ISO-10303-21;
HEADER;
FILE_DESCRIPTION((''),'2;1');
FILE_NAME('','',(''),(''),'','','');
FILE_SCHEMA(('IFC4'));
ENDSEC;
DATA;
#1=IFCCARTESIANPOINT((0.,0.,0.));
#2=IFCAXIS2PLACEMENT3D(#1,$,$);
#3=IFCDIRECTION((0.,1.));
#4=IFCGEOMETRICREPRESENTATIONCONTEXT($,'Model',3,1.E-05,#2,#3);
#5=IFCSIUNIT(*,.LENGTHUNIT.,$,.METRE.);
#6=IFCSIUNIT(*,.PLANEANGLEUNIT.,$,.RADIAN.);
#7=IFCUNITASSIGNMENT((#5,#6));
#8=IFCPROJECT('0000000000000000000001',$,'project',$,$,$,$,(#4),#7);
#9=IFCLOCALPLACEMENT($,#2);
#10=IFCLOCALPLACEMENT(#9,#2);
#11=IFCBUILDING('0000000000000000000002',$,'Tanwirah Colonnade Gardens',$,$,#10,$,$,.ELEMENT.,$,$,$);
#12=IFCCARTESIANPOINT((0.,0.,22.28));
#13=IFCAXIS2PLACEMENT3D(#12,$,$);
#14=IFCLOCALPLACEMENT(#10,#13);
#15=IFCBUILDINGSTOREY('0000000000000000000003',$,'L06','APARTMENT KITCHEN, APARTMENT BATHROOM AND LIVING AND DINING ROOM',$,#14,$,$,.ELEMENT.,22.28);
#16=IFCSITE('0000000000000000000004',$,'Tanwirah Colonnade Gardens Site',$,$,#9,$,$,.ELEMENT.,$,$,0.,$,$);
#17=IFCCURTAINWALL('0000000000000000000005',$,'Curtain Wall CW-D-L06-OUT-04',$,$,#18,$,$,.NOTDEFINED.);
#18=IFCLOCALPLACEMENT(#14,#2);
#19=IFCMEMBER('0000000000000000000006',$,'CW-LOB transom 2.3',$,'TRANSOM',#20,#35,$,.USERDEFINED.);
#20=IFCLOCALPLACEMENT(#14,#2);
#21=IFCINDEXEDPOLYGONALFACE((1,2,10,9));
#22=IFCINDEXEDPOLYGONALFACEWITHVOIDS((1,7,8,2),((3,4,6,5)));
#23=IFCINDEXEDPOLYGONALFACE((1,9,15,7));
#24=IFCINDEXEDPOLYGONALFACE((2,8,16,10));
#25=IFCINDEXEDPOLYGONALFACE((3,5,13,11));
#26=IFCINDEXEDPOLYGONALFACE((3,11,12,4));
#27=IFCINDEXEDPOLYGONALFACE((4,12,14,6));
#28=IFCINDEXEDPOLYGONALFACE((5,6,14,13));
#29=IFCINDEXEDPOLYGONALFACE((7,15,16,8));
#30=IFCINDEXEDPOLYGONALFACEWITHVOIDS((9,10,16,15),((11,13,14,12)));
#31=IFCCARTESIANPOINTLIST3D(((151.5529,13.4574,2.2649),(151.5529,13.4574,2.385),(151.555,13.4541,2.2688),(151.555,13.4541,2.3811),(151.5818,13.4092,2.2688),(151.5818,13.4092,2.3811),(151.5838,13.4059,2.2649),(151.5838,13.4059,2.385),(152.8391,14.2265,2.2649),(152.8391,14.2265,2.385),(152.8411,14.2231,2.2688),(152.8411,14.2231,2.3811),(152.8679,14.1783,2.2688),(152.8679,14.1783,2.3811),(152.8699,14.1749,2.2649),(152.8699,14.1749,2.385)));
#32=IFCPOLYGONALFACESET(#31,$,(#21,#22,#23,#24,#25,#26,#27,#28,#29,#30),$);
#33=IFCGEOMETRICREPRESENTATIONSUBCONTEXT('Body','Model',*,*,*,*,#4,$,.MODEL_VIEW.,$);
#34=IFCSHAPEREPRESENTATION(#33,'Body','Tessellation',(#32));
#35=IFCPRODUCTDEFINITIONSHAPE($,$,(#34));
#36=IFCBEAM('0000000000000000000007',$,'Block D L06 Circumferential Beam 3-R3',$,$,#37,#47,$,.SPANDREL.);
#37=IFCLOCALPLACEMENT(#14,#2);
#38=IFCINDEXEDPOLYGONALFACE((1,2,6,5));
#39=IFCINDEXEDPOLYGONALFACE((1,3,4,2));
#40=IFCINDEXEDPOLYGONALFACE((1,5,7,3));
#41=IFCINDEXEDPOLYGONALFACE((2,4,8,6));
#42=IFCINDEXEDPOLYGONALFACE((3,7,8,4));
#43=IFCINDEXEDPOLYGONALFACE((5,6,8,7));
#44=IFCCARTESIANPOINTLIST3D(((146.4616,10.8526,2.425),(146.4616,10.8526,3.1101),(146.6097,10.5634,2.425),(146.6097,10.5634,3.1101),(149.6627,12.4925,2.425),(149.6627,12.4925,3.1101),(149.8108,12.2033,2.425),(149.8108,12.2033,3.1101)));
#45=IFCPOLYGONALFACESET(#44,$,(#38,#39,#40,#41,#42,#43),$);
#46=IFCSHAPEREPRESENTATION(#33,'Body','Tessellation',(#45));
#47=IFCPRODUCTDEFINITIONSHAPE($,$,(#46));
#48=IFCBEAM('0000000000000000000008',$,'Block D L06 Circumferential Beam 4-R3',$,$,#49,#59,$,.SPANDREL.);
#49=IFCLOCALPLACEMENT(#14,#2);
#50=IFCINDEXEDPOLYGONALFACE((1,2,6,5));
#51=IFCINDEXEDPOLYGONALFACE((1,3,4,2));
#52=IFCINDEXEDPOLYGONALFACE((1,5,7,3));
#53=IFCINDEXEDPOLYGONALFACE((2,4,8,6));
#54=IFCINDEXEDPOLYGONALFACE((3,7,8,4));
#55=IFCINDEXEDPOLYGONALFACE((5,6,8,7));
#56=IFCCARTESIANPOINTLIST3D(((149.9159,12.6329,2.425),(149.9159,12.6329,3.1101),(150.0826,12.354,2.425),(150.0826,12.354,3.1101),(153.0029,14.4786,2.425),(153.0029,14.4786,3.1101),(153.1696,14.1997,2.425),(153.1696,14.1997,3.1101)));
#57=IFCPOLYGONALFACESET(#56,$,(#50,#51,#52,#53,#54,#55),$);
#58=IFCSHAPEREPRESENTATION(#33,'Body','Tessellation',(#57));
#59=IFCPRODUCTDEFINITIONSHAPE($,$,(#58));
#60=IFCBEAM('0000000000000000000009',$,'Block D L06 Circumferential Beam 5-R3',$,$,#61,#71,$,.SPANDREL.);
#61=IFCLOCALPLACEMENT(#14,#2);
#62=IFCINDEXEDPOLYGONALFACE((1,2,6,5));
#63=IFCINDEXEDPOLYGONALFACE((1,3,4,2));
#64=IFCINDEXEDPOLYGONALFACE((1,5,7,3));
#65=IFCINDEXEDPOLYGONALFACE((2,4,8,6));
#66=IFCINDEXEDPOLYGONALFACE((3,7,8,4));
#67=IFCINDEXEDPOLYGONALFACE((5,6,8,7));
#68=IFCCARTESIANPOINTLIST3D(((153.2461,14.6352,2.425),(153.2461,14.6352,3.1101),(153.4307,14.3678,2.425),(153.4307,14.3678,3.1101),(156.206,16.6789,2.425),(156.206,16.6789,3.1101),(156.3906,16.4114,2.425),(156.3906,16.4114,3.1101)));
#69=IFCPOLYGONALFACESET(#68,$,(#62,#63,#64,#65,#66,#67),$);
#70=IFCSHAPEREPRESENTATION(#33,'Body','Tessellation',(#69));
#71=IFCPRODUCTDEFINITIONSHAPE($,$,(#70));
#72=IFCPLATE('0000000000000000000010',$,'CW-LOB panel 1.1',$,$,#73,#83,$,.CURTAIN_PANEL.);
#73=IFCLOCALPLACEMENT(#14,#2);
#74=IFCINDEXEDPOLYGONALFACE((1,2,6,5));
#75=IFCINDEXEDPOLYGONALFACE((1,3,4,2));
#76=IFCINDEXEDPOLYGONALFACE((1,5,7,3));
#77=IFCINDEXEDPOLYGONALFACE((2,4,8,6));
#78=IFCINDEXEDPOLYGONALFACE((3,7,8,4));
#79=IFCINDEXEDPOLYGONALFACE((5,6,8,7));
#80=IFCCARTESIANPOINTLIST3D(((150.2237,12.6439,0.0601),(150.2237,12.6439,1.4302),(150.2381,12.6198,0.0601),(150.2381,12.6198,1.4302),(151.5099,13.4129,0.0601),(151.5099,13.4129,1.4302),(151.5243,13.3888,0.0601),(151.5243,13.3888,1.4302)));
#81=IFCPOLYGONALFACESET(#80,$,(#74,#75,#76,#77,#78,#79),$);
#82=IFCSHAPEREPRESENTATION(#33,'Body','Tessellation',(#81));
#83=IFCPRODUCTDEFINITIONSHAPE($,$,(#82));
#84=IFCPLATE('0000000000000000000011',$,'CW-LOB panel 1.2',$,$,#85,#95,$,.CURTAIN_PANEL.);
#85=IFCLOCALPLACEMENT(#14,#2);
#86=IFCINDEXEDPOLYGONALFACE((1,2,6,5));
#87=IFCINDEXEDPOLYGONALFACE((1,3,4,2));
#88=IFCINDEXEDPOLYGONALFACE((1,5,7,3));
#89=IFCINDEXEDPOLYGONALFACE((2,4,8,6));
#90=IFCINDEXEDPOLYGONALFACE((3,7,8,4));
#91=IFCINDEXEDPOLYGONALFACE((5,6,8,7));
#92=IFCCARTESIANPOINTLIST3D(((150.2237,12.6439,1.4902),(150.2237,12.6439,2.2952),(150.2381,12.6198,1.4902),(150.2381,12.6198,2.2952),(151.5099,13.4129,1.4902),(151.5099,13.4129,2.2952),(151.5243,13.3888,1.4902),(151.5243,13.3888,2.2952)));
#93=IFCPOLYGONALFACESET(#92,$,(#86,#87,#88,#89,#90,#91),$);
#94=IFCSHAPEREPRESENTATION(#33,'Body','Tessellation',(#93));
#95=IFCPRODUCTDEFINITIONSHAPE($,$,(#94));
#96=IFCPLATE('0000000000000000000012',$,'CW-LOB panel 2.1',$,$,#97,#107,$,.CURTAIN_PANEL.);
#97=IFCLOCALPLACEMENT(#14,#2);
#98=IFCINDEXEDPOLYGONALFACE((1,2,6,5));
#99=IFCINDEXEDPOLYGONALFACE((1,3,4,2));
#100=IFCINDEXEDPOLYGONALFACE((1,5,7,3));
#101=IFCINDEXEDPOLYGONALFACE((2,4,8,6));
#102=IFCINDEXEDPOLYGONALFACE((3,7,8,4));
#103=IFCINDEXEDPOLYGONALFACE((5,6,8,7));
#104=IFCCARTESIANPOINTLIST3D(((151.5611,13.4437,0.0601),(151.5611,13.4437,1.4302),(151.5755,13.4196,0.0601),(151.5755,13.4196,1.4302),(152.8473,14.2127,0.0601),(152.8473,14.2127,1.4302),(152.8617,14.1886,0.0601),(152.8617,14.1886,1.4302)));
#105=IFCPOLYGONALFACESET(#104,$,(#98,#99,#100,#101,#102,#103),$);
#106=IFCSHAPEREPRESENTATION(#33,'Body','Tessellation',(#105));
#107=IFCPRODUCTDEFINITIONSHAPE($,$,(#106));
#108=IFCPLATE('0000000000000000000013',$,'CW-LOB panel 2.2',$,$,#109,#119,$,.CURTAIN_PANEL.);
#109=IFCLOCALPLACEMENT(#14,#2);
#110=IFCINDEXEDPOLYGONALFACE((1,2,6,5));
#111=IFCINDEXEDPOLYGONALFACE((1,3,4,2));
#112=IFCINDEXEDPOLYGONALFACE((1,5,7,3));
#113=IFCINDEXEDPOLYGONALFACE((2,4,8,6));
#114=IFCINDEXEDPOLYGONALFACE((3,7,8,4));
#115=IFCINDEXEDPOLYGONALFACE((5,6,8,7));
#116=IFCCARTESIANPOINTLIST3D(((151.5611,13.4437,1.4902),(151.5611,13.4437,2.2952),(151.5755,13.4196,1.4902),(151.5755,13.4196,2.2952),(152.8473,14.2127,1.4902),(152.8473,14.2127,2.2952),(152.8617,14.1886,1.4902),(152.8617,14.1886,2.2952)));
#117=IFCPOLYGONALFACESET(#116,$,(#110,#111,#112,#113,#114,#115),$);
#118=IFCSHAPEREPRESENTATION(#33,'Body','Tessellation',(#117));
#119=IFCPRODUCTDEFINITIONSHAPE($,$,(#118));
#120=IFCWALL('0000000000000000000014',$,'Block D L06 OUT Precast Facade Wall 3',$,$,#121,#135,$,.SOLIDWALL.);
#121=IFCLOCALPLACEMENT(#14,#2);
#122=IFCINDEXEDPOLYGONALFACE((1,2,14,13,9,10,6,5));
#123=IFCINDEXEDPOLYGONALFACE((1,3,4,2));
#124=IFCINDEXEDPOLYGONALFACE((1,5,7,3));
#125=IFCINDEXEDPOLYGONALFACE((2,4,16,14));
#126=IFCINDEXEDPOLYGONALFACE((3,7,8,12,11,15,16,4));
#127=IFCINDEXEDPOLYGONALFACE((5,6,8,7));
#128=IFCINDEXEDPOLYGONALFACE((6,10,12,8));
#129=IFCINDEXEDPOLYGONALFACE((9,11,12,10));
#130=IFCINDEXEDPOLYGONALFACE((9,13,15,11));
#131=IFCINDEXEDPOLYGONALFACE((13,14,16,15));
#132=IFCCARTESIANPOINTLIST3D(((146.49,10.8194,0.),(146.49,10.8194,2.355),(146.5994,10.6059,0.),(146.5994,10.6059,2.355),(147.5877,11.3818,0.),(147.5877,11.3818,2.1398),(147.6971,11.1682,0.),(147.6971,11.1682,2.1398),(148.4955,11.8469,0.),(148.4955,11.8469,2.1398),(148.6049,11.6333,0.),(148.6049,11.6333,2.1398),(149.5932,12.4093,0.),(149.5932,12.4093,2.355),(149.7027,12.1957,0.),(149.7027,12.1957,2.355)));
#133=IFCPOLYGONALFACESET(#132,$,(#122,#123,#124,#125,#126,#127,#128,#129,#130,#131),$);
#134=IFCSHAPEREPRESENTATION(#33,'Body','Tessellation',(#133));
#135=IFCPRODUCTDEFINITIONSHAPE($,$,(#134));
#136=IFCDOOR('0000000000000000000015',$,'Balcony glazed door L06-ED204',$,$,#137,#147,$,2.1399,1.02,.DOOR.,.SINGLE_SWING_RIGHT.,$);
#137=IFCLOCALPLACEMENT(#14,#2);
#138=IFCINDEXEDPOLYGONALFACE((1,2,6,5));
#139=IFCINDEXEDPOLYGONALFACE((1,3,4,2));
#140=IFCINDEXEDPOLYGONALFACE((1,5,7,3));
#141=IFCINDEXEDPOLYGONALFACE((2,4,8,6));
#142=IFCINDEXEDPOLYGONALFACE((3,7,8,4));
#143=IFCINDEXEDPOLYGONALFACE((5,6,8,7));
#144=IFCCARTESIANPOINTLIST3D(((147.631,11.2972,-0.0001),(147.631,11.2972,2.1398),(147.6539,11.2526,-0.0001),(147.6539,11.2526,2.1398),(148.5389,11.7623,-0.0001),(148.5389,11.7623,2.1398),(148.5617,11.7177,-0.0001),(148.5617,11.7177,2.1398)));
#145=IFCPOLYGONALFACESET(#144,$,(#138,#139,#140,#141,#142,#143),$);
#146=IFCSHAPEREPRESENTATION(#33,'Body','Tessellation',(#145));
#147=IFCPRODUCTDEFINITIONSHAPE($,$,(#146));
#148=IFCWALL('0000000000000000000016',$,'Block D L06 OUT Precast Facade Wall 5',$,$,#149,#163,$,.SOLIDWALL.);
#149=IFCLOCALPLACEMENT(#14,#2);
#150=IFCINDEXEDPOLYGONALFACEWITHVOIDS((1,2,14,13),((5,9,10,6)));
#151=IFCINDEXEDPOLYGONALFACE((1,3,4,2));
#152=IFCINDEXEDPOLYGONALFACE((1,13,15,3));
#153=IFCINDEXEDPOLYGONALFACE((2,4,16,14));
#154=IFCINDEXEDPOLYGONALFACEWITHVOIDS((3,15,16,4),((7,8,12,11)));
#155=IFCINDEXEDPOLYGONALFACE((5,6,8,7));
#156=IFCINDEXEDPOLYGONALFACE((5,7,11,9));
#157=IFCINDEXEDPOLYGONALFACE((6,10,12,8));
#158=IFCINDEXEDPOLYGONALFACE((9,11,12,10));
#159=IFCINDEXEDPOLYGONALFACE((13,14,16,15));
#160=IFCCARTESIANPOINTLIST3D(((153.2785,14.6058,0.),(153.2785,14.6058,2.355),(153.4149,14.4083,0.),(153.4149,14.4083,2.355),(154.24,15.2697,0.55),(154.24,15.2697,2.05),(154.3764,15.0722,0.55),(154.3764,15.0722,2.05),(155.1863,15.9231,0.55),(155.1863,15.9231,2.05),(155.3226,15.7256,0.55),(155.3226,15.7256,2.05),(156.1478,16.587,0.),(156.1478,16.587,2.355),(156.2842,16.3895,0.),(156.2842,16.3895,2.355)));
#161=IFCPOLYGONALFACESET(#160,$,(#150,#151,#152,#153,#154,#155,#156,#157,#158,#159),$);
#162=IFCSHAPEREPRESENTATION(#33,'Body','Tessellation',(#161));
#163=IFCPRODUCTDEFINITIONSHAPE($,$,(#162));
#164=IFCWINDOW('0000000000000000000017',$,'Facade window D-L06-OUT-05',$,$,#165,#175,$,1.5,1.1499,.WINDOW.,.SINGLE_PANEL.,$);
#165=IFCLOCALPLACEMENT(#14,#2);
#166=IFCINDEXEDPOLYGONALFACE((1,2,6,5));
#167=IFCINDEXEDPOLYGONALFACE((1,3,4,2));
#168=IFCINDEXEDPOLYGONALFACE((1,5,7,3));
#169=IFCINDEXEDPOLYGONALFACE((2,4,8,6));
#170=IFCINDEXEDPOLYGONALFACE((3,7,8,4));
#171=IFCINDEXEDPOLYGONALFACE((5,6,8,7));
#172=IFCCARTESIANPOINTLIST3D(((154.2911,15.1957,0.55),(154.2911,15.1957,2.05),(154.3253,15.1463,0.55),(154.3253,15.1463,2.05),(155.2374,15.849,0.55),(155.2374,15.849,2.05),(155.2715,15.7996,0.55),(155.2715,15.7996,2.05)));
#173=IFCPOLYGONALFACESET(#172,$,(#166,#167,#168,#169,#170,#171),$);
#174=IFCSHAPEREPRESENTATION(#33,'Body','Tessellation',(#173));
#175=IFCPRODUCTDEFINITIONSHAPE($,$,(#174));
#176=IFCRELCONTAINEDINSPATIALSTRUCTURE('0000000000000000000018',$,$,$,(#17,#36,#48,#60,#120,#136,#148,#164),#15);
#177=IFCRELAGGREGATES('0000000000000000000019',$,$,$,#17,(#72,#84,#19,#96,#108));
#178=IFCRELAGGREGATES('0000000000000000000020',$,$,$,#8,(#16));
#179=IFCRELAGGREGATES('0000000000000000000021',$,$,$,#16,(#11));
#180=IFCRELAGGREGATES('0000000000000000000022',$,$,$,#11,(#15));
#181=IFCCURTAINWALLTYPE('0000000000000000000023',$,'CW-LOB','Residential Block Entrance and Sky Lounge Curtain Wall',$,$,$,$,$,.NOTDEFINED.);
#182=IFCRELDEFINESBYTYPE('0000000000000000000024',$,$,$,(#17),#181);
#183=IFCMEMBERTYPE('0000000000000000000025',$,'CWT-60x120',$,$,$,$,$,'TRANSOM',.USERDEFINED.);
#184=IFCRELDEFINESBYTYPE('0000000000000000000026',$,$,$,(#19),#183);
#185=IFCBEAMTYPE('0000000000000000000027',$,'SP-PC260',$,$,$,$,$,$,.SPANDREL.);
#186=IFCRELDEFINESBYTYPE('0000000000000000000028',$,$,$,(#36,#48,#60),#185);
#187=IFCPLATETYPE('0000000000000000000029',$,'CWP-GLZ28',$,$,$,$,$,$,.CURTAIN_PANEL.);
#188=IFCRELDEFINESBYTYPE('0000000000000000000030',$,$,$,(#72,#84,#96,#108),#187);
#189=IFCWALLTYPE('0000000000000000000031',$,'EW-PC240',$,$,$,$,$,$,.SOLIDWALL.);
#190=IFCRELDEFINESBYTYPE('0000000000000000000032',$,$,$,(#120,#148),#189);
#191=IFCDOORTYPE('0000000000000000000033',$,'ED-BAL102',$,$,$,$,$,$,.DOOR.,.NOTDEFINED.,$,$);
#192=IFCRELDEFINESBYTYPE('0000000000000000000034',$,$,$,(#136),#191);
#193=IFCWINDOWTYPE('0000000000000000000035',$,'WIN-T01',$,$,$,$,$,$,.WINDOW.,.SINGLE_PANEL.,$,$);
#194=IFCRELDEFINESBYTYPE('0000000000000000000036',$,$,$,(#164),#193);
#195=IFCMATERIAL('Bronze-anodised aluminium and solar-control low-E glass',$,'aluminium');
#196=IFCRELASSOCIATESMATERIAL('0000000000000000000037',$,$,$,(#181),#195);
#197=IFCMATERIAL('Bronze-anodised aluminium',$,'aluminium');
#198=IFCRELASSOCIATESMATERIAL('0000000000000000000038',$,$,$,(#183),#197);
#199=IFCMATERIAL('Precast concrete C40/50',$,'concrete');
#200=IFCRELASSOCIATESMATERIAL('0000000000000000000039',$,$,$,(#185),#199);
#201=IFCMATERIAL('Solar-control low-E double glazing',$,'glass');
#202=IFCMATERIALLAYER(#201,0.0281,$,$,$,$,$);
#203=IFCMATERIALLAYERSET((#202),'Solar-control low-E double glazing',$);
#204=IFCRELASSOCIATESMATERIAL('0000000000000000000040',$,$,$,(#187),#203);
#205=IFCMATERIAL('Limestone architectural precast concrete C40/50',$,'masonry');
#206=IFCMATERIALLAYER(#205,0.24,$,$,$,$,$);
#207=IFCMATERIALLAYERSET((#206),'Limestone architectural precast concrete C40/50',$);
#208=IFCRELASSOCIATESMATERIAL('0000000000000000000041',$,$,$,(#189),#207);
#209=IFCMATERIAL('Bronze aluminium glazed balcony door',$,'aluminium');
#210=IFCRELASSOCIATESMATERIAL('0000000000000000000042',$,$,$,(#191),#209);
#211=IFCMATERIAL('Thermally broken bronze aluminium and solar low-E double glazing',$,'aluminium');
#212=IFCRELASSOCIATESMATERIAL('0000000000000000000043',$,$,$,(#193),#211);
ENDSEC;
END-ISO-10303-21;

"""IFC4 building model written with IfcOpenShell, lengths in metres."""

from ifc_helpers import new_model, si_unit, direction, frame, frame_2d, origin, origin_2d, place, context, subcontext, project, spatial, rectangle, hollow_rectangle, extrude, material, layer, layer_set, material_profile, profile_set, type_object, element, fill, aggregate, save


model = new_model("IFC4")

# Units and contexts
model_context = context("Model", 3, precision=1e-05, world=origin(), true_north=direction((0.0, 1.0)))
body_context = subcontext(model_context, "Body", "Model", "MODEL_VIEW")
ifc_project = project(units=[si_unit("LENGTHUNIT", "METRE"), si_unit("PLANEANGLEUNIT", "RADIAN")], contexts=[model_context])

# Site, building, storey
site_placement = place(None, origin())
site = spatial("IfcSite", under=ifc_project, at=site_placement, Name="Tanwirah Colonnade Gardens Site", CompositionType="ELEMENT", RefElevation=0.0)
building_placement = place(site_placement, origin())
building = spatial("IfcBuilding", under=site, at=building_placement, Name="Tanwirah Colonnade Gardens", CompositionType="ELEMENT")
storey_placement = place(building_placement, frame((0.0, 0.0, 22.28)))
storey = spatial("IfcBuildingStorey", under=building, at=storey_placement, Name="L06", Description="APARTMENT KITCHEN, APARTMENT BATHROOM AND LIVING AND DINING ROOM", CompositionType="ELEMENT", Elevation=22.28)

# Shared definitions
ifc_material_1 = material(Name="Precast concrete C40/50", Category="concrete")

# Curtain wall, member
ifc_material_2 = material(Name="Bronze-anodised aluminium and solar-control low-E glass", Category="aluminium")
curtain_wall_type = type_object("IfcCurtainWallType", Name="CW-LOB", Description="Residential Block Entrance and Sky Lounge Curtain Wall", PredefinedType="NOTDEFINED", material=ifc_material_2)
curtain_wall_placement = place(storey_placement, origin())
curtain_wall = element("IfcCurtainWall", 1, at=curtain_wall_placement, inside=storey, type_object=curtain_wall_type, Name="Curtain Wall CW-D-L06-OUT-04", PredefinedType="NOTDEFINED")
ifc_material_3 = material(Name="Bronze-anodised aluminium", Category="aluminium")
ifc_material_profile_1 = material_profile(ifc_material_3, hollow_rectangle(XDim=0.0601, YDim=0.1201, WallThickness=0.0039, at=origin_2d()), Name="CW-TRN 60x120x4")
ifc_profile_set_1 = profile_set([ifc_material_profile_1], Name="Bronze-anodised aluminium")
member_type_1 = type_object("IfcMemberType", Name="CWT-60x120", ElementType="TRANSOM", PredefinedType="USERDEFINED", material=ifc_profile_set_1)
member_1_placement = place(storey_placement, frame((151.5684, 13.4316, 2.325), z_axis=(0.858268, 0.513201, 0.0), x_axis=(-0.513201, 0.858268, 0.0)))
member_1 = element("IfcMember", 2, at=member_1_placement, type_object=member_type_1, Name="CW-LOB transom 2.3", ObjectType="TRANSOM", PredefinedType="USERDEFINED", context=body_context, shape_type="SweptSolid", body=[
    extrude(hollow_rectangle(XDim=0.0601, YDim=0.1201, WallThickness=0.0039, at=origin_2d()), origin(), (0.0, 0.0, 1.0), 1.4985),
])

# Beams
ifc_material_profile_2 = material_profile(ifc_material_1, rectangle(XDim=0.325, YDim=0.6851, at=origin_2d()), Name="PC-SP 325x685")
ifc_profile_set_2 = profile_set([ifc_material_profile_2], Name="Precast concrete C40/50")
beam_type = type_object("IfcBeamType", Name="SP-PC260", PredefinedType="SPANDREL", material=ifc_profile_set_2)
for number, where, z_axis, x_axis, name in (
    (3, (146.5356, 10.708, 2.7676), (0.890013, 0.455935, 0.0), (-0.455935, 0.890013, 0.0), "Block D L06 Circumferential Beam 3-R3"),
    (4, (149.9993, 12.4934, 2.7676), (0.858283, 0.513177, 0.0), (-0.513177, 0.858283, 0.0), "Block D L06 Circumferential Beam 4-R3"),
):
    element("IfcBeam", number, at=place(storey_placement, frame(where, z_axis=z_axis, x_axis=x_axis)), inside=storey, type_object=beam_type, Name=name, PredefinedType="SPANDREL", context=body_context, shape_type="SweptSolid", body=[
        extrude(rectangle(XDim=0.325, YDim=0.6851, at=origin_2d()), origin(), (0.0, 0.0, 1.0), 3.5967),
    ])
beam_placement = place(storey_placement, frame((153.3384, 14.5015, 2.7676), z_axis=(0.822907, 0.568175, 0.0), x_axis=(-0.568175, 0.822907, 0.0)))
element("IfcBeam", 5, at=beam_placement, inside=storey, type_object=beam_type, Name="Block D L06 Circumferential Beam 5-R3", PredefinedType="SPANDREL", context=body_context, shape_type="SweptSolid", body=[
    extrude(rectangle(XDim=0.325, YDim=0.6851, at=origin_2d()), origin(), (0.0, 0.0, 1.0), 3.5969),
])

# Plates
ifc_material_4 = material(Name="Solar-control low-E double glazing", Category="glass")
ifc_layer_1 = layer(ifc_material_4, 0.0281)
ifc_layer_set_1 = layer_set([ifc_layer_1], Name="Solar-control low-E double glazing")
plate_type = type_object("IfcPlateType", Name="CWP-GLZ28", PredefinedType="CURTAIN_PANEL", material=ifc_layer_set_1)
plate_1_placement = place(storey_placement, frame((150.874, 13.0164, 0.0601), z_axis=(0.0, 0.0, 1.0), x_axis=(0.858289, 0.513167, 0.0)))
plate_1 = element("IfcPlate", 6, at=plate_1_placement, type_object=plate_type, Name="CW-LOB panel 1.1", PredefinedType="CURTAIN_PANEL", context=body_context, shape_type="SweptSolid", body=[
    extrude(rectangle(XDim=1.4985, YDim=0.0281, at=origin_2d()), origin(), (0.0, 0.0, 1.0), 1.3701),
])
plate_2_placement = place(storey_placement, frame((150.874, 13.0164, 1.4902), z_axis=(0.0, 0.0, 1.0), x_axis=(0.858289, 0.513167, 0.0)))
plate_2 = element("IfcPlate", 7, at=plate_2_placement, type_object=plate_type, Name="CW-LOB panel 1.2", PredefinedType="CURTAIN_PANEL", context=body_context, shape_type="SweptSolid", body=[
    extrude(rectangle(XDim=1.4985, YDim=0.0281, at=origin_2d()), origin(), (0.0, 0.0, 1.0), 0.8049),
])
plate_3_placement = place(storey_placement, frame((152.2114, 13.8162, 0.0601), z_axis=(0.0, 0.0, 1.0), x_axis=(0.858289, 0.513167, 0.0)))
plate_3 = element("IfcPlate", 8, at=plate_3_placement, type_object=plate_type, Name="CW-LOB panel 2.1", PredefinedType="CURTAIN_PANEL", context=body_context, shape_type="SweptSolid", body=[
    extrude(rectangle(XDim=1.4985, YDim=0.0281, at=origin_2d()), origin(), (0.0, 0.0, 1.0), 1.3701),
])
plate_4_placement = place(storey_placement, frame((152.2114, 13.8162, 1.4902), z_axis=(0.0, 0.0, 1.0), x_axis=(0.858289, 0.513167, 0.0)))
plate_4 = element("IfcPlate", 9, at=plate_4_placement, type_object=plate_type, Name="CW-LOB panel 2.2", PredefinedType="CURTAIN_PANEL", context=body_context, shape_type="SweptSolid", body=[
    extrude(rectangle(XDim=1.4985, YDim=0.0281, at=origin_2d()), origin(), (0.0, 0.0, 1.0), 0.8049),
])
aggregate(curtain_wall, [plate_1, plate_2, member_1, plate_3, plate_4])

# Wall, opening, door
ifc_material_5 = material(Name="Limestone architectural precast concrete C40/50", Category="masonry")
ifc_layer_2 = layer(ifc_material_5, 0.24)
ifc_layer_set_2 = layer_set([ifc_layer_2], Name="Limestone architectural precast concrete C40/50")
wall_type = type_object("IfcWallType", Name="EW-PC240", PredefinedType="SOLIDWALL", material=ifc_layer_set_2)
wall_1_placement = place(storey_placement, frame((146.5447, 10.7126, 0.0), z_axis=(0.0, 0.0, 1.0), x_axis=(0.890001, 0.455958, 0.0)))
wall_1 = element("IfcWall", 10, at=wall_1_placement, inside=storey, type_object=wall_type, Name="Block D L06 OUT Precast Facade Wall 3", PredefinedType="SOLIDWALL", context=body_context, shape_type="SweptSolid", body=[
    extrude(rectangle(XDim=3.4868, YDim=0.24, at=frame_2d((1.7434, 0.0))), origin(), (0.0, 0.0, 1.0), 2.355),
])
opening_1_placement = place(wall_1_placement, frame((1.2334, 0.0, 0.0)))
opening_1 = element("IfcOpeningElement", 11, at=opening_1_placement, cuts=wall_1, PredefinedType="OPENING", context=body_context, shape_type="SweptSolid", body=[
    extrude(rectangle(XDim=1.02, YDim=2.1399, at=frame_2d((0.51, 1.0698))), frame((0.0, 0.1299, 0.0), z_axis=(0.0, -1.0, 0.0), x_axis=(1.0, 0.0, 0.0)), (0.0, 0.0, 1.0), 0.26),
])
ifc_material_6 = material(Name="Bronze aluminium glazed balcony door", Category="aluminium")
door_type = type_object("IfcDoorType", Name="ED-BAL102", OperationType="NOTDEFINED", PredefinedType="DOOR", material=ifc_material_6)
door_placement = place(opening_1_placement, origin())
door = element("IfcDoor", 12, at=door_placement, inside=storey, type_object=door_type, Name="Balcony glazed door L06-ED204", OperationType="SINGLE_SWING_RIGHT", OverallHeight=2.1399, OverallWidth=1.02, PredefinedType="DOOR", context=body_context, shape_type="SweptSolid", body=[
    extrude(rectangle(XDim=1.02, YDim=2.1399, at=frame_2d((0.51, 1.0698))), frame((0.0, 0.0249, 0.0), z_axis=(0.0, -1.0, 0.0), x_axis=(1.0, 0.0, 0.0)), (0.0, 0.0, 1.0), 0.05),
])
fill(opening_1, door)

# Wall, opening, window
wall_2_placement = place(storey_placement, frame((153.3467, 14.5071, 0.0), z_axis=(0.0, 0.0, 1.0), x_axis=(0.822902, 0.568183, 0.0)))
wall_2 = element("IfcWall", 13, at=wall_2_placement, inside=storey, type_object=wall_type, Name="Block D L06 OUT Precast Facade Wall 5", PredefinedType="SOLIDWALL", context=body_context, shape_type="SweptSolid", body=[
    extrude(rectangle(XDim=3.4868, YDim=0.24, at=frame_2d((1.7434, 0.0))), origin(), (0.0, 0.0, 1.0), 2.355),
])
opening_2_placement = place(wall_2_placement, frame((1.1685, 0.0, 0.55)))
opening_2 = element("IfcOpeningElement", 14, at=opening_2_placement, cuts=wall_2, PredefinedType="OPENING", context=body_context, shape_type="SweptSolid", body=[
    extrude(rectangle(XDim=1.1499, YDim=1.5, at=frame_2d((0.575, 0.75))), frame((0.0, 0.1299, 0.0), z_axis=(0.0, -1.0, 0.0), x_axis=(1.0, 0.0, 0.0)), (0.0, 0.0, 1.0), 0.26),
])
ifc_material_7 = material(Name="Thermally broken bronze aluminium and solar low-E double glazing", Category="aluminium")
window_type = type_object("IfcWindowType", Name="WIN-T01", PartitioningType="SINGLE_PANEL", PredefinedType="WINDOW", material=ifc_material_7)
window_placement = place(opening_2_placement, origin())
window = element("IfcWindow", 15, at=window_placement, inside=storey, type_object=window_type, Name="Facade window D-L06-OUT-05", OverallHeight=1.5, OverallWidth=1.1499, PartitioningType="SINGLE_PANEL", PredefinedType="WINDOW", context=body_context, shape_type="SweptSolid", body=[
    extrude(rectangle(XDim=1.1499, YDim=1.5, at=frame_2d((0.575, 0.75))), frame((0.0, 0.03, 0.0), z_axis=(0.0, -1.0, 0.0), x_axis=(1.0, 0.0, 0.0)), (0.0, 0.0, 1.0), 0.0601),
])
fill(opening_2, window)

save(model, "model.ifc")
